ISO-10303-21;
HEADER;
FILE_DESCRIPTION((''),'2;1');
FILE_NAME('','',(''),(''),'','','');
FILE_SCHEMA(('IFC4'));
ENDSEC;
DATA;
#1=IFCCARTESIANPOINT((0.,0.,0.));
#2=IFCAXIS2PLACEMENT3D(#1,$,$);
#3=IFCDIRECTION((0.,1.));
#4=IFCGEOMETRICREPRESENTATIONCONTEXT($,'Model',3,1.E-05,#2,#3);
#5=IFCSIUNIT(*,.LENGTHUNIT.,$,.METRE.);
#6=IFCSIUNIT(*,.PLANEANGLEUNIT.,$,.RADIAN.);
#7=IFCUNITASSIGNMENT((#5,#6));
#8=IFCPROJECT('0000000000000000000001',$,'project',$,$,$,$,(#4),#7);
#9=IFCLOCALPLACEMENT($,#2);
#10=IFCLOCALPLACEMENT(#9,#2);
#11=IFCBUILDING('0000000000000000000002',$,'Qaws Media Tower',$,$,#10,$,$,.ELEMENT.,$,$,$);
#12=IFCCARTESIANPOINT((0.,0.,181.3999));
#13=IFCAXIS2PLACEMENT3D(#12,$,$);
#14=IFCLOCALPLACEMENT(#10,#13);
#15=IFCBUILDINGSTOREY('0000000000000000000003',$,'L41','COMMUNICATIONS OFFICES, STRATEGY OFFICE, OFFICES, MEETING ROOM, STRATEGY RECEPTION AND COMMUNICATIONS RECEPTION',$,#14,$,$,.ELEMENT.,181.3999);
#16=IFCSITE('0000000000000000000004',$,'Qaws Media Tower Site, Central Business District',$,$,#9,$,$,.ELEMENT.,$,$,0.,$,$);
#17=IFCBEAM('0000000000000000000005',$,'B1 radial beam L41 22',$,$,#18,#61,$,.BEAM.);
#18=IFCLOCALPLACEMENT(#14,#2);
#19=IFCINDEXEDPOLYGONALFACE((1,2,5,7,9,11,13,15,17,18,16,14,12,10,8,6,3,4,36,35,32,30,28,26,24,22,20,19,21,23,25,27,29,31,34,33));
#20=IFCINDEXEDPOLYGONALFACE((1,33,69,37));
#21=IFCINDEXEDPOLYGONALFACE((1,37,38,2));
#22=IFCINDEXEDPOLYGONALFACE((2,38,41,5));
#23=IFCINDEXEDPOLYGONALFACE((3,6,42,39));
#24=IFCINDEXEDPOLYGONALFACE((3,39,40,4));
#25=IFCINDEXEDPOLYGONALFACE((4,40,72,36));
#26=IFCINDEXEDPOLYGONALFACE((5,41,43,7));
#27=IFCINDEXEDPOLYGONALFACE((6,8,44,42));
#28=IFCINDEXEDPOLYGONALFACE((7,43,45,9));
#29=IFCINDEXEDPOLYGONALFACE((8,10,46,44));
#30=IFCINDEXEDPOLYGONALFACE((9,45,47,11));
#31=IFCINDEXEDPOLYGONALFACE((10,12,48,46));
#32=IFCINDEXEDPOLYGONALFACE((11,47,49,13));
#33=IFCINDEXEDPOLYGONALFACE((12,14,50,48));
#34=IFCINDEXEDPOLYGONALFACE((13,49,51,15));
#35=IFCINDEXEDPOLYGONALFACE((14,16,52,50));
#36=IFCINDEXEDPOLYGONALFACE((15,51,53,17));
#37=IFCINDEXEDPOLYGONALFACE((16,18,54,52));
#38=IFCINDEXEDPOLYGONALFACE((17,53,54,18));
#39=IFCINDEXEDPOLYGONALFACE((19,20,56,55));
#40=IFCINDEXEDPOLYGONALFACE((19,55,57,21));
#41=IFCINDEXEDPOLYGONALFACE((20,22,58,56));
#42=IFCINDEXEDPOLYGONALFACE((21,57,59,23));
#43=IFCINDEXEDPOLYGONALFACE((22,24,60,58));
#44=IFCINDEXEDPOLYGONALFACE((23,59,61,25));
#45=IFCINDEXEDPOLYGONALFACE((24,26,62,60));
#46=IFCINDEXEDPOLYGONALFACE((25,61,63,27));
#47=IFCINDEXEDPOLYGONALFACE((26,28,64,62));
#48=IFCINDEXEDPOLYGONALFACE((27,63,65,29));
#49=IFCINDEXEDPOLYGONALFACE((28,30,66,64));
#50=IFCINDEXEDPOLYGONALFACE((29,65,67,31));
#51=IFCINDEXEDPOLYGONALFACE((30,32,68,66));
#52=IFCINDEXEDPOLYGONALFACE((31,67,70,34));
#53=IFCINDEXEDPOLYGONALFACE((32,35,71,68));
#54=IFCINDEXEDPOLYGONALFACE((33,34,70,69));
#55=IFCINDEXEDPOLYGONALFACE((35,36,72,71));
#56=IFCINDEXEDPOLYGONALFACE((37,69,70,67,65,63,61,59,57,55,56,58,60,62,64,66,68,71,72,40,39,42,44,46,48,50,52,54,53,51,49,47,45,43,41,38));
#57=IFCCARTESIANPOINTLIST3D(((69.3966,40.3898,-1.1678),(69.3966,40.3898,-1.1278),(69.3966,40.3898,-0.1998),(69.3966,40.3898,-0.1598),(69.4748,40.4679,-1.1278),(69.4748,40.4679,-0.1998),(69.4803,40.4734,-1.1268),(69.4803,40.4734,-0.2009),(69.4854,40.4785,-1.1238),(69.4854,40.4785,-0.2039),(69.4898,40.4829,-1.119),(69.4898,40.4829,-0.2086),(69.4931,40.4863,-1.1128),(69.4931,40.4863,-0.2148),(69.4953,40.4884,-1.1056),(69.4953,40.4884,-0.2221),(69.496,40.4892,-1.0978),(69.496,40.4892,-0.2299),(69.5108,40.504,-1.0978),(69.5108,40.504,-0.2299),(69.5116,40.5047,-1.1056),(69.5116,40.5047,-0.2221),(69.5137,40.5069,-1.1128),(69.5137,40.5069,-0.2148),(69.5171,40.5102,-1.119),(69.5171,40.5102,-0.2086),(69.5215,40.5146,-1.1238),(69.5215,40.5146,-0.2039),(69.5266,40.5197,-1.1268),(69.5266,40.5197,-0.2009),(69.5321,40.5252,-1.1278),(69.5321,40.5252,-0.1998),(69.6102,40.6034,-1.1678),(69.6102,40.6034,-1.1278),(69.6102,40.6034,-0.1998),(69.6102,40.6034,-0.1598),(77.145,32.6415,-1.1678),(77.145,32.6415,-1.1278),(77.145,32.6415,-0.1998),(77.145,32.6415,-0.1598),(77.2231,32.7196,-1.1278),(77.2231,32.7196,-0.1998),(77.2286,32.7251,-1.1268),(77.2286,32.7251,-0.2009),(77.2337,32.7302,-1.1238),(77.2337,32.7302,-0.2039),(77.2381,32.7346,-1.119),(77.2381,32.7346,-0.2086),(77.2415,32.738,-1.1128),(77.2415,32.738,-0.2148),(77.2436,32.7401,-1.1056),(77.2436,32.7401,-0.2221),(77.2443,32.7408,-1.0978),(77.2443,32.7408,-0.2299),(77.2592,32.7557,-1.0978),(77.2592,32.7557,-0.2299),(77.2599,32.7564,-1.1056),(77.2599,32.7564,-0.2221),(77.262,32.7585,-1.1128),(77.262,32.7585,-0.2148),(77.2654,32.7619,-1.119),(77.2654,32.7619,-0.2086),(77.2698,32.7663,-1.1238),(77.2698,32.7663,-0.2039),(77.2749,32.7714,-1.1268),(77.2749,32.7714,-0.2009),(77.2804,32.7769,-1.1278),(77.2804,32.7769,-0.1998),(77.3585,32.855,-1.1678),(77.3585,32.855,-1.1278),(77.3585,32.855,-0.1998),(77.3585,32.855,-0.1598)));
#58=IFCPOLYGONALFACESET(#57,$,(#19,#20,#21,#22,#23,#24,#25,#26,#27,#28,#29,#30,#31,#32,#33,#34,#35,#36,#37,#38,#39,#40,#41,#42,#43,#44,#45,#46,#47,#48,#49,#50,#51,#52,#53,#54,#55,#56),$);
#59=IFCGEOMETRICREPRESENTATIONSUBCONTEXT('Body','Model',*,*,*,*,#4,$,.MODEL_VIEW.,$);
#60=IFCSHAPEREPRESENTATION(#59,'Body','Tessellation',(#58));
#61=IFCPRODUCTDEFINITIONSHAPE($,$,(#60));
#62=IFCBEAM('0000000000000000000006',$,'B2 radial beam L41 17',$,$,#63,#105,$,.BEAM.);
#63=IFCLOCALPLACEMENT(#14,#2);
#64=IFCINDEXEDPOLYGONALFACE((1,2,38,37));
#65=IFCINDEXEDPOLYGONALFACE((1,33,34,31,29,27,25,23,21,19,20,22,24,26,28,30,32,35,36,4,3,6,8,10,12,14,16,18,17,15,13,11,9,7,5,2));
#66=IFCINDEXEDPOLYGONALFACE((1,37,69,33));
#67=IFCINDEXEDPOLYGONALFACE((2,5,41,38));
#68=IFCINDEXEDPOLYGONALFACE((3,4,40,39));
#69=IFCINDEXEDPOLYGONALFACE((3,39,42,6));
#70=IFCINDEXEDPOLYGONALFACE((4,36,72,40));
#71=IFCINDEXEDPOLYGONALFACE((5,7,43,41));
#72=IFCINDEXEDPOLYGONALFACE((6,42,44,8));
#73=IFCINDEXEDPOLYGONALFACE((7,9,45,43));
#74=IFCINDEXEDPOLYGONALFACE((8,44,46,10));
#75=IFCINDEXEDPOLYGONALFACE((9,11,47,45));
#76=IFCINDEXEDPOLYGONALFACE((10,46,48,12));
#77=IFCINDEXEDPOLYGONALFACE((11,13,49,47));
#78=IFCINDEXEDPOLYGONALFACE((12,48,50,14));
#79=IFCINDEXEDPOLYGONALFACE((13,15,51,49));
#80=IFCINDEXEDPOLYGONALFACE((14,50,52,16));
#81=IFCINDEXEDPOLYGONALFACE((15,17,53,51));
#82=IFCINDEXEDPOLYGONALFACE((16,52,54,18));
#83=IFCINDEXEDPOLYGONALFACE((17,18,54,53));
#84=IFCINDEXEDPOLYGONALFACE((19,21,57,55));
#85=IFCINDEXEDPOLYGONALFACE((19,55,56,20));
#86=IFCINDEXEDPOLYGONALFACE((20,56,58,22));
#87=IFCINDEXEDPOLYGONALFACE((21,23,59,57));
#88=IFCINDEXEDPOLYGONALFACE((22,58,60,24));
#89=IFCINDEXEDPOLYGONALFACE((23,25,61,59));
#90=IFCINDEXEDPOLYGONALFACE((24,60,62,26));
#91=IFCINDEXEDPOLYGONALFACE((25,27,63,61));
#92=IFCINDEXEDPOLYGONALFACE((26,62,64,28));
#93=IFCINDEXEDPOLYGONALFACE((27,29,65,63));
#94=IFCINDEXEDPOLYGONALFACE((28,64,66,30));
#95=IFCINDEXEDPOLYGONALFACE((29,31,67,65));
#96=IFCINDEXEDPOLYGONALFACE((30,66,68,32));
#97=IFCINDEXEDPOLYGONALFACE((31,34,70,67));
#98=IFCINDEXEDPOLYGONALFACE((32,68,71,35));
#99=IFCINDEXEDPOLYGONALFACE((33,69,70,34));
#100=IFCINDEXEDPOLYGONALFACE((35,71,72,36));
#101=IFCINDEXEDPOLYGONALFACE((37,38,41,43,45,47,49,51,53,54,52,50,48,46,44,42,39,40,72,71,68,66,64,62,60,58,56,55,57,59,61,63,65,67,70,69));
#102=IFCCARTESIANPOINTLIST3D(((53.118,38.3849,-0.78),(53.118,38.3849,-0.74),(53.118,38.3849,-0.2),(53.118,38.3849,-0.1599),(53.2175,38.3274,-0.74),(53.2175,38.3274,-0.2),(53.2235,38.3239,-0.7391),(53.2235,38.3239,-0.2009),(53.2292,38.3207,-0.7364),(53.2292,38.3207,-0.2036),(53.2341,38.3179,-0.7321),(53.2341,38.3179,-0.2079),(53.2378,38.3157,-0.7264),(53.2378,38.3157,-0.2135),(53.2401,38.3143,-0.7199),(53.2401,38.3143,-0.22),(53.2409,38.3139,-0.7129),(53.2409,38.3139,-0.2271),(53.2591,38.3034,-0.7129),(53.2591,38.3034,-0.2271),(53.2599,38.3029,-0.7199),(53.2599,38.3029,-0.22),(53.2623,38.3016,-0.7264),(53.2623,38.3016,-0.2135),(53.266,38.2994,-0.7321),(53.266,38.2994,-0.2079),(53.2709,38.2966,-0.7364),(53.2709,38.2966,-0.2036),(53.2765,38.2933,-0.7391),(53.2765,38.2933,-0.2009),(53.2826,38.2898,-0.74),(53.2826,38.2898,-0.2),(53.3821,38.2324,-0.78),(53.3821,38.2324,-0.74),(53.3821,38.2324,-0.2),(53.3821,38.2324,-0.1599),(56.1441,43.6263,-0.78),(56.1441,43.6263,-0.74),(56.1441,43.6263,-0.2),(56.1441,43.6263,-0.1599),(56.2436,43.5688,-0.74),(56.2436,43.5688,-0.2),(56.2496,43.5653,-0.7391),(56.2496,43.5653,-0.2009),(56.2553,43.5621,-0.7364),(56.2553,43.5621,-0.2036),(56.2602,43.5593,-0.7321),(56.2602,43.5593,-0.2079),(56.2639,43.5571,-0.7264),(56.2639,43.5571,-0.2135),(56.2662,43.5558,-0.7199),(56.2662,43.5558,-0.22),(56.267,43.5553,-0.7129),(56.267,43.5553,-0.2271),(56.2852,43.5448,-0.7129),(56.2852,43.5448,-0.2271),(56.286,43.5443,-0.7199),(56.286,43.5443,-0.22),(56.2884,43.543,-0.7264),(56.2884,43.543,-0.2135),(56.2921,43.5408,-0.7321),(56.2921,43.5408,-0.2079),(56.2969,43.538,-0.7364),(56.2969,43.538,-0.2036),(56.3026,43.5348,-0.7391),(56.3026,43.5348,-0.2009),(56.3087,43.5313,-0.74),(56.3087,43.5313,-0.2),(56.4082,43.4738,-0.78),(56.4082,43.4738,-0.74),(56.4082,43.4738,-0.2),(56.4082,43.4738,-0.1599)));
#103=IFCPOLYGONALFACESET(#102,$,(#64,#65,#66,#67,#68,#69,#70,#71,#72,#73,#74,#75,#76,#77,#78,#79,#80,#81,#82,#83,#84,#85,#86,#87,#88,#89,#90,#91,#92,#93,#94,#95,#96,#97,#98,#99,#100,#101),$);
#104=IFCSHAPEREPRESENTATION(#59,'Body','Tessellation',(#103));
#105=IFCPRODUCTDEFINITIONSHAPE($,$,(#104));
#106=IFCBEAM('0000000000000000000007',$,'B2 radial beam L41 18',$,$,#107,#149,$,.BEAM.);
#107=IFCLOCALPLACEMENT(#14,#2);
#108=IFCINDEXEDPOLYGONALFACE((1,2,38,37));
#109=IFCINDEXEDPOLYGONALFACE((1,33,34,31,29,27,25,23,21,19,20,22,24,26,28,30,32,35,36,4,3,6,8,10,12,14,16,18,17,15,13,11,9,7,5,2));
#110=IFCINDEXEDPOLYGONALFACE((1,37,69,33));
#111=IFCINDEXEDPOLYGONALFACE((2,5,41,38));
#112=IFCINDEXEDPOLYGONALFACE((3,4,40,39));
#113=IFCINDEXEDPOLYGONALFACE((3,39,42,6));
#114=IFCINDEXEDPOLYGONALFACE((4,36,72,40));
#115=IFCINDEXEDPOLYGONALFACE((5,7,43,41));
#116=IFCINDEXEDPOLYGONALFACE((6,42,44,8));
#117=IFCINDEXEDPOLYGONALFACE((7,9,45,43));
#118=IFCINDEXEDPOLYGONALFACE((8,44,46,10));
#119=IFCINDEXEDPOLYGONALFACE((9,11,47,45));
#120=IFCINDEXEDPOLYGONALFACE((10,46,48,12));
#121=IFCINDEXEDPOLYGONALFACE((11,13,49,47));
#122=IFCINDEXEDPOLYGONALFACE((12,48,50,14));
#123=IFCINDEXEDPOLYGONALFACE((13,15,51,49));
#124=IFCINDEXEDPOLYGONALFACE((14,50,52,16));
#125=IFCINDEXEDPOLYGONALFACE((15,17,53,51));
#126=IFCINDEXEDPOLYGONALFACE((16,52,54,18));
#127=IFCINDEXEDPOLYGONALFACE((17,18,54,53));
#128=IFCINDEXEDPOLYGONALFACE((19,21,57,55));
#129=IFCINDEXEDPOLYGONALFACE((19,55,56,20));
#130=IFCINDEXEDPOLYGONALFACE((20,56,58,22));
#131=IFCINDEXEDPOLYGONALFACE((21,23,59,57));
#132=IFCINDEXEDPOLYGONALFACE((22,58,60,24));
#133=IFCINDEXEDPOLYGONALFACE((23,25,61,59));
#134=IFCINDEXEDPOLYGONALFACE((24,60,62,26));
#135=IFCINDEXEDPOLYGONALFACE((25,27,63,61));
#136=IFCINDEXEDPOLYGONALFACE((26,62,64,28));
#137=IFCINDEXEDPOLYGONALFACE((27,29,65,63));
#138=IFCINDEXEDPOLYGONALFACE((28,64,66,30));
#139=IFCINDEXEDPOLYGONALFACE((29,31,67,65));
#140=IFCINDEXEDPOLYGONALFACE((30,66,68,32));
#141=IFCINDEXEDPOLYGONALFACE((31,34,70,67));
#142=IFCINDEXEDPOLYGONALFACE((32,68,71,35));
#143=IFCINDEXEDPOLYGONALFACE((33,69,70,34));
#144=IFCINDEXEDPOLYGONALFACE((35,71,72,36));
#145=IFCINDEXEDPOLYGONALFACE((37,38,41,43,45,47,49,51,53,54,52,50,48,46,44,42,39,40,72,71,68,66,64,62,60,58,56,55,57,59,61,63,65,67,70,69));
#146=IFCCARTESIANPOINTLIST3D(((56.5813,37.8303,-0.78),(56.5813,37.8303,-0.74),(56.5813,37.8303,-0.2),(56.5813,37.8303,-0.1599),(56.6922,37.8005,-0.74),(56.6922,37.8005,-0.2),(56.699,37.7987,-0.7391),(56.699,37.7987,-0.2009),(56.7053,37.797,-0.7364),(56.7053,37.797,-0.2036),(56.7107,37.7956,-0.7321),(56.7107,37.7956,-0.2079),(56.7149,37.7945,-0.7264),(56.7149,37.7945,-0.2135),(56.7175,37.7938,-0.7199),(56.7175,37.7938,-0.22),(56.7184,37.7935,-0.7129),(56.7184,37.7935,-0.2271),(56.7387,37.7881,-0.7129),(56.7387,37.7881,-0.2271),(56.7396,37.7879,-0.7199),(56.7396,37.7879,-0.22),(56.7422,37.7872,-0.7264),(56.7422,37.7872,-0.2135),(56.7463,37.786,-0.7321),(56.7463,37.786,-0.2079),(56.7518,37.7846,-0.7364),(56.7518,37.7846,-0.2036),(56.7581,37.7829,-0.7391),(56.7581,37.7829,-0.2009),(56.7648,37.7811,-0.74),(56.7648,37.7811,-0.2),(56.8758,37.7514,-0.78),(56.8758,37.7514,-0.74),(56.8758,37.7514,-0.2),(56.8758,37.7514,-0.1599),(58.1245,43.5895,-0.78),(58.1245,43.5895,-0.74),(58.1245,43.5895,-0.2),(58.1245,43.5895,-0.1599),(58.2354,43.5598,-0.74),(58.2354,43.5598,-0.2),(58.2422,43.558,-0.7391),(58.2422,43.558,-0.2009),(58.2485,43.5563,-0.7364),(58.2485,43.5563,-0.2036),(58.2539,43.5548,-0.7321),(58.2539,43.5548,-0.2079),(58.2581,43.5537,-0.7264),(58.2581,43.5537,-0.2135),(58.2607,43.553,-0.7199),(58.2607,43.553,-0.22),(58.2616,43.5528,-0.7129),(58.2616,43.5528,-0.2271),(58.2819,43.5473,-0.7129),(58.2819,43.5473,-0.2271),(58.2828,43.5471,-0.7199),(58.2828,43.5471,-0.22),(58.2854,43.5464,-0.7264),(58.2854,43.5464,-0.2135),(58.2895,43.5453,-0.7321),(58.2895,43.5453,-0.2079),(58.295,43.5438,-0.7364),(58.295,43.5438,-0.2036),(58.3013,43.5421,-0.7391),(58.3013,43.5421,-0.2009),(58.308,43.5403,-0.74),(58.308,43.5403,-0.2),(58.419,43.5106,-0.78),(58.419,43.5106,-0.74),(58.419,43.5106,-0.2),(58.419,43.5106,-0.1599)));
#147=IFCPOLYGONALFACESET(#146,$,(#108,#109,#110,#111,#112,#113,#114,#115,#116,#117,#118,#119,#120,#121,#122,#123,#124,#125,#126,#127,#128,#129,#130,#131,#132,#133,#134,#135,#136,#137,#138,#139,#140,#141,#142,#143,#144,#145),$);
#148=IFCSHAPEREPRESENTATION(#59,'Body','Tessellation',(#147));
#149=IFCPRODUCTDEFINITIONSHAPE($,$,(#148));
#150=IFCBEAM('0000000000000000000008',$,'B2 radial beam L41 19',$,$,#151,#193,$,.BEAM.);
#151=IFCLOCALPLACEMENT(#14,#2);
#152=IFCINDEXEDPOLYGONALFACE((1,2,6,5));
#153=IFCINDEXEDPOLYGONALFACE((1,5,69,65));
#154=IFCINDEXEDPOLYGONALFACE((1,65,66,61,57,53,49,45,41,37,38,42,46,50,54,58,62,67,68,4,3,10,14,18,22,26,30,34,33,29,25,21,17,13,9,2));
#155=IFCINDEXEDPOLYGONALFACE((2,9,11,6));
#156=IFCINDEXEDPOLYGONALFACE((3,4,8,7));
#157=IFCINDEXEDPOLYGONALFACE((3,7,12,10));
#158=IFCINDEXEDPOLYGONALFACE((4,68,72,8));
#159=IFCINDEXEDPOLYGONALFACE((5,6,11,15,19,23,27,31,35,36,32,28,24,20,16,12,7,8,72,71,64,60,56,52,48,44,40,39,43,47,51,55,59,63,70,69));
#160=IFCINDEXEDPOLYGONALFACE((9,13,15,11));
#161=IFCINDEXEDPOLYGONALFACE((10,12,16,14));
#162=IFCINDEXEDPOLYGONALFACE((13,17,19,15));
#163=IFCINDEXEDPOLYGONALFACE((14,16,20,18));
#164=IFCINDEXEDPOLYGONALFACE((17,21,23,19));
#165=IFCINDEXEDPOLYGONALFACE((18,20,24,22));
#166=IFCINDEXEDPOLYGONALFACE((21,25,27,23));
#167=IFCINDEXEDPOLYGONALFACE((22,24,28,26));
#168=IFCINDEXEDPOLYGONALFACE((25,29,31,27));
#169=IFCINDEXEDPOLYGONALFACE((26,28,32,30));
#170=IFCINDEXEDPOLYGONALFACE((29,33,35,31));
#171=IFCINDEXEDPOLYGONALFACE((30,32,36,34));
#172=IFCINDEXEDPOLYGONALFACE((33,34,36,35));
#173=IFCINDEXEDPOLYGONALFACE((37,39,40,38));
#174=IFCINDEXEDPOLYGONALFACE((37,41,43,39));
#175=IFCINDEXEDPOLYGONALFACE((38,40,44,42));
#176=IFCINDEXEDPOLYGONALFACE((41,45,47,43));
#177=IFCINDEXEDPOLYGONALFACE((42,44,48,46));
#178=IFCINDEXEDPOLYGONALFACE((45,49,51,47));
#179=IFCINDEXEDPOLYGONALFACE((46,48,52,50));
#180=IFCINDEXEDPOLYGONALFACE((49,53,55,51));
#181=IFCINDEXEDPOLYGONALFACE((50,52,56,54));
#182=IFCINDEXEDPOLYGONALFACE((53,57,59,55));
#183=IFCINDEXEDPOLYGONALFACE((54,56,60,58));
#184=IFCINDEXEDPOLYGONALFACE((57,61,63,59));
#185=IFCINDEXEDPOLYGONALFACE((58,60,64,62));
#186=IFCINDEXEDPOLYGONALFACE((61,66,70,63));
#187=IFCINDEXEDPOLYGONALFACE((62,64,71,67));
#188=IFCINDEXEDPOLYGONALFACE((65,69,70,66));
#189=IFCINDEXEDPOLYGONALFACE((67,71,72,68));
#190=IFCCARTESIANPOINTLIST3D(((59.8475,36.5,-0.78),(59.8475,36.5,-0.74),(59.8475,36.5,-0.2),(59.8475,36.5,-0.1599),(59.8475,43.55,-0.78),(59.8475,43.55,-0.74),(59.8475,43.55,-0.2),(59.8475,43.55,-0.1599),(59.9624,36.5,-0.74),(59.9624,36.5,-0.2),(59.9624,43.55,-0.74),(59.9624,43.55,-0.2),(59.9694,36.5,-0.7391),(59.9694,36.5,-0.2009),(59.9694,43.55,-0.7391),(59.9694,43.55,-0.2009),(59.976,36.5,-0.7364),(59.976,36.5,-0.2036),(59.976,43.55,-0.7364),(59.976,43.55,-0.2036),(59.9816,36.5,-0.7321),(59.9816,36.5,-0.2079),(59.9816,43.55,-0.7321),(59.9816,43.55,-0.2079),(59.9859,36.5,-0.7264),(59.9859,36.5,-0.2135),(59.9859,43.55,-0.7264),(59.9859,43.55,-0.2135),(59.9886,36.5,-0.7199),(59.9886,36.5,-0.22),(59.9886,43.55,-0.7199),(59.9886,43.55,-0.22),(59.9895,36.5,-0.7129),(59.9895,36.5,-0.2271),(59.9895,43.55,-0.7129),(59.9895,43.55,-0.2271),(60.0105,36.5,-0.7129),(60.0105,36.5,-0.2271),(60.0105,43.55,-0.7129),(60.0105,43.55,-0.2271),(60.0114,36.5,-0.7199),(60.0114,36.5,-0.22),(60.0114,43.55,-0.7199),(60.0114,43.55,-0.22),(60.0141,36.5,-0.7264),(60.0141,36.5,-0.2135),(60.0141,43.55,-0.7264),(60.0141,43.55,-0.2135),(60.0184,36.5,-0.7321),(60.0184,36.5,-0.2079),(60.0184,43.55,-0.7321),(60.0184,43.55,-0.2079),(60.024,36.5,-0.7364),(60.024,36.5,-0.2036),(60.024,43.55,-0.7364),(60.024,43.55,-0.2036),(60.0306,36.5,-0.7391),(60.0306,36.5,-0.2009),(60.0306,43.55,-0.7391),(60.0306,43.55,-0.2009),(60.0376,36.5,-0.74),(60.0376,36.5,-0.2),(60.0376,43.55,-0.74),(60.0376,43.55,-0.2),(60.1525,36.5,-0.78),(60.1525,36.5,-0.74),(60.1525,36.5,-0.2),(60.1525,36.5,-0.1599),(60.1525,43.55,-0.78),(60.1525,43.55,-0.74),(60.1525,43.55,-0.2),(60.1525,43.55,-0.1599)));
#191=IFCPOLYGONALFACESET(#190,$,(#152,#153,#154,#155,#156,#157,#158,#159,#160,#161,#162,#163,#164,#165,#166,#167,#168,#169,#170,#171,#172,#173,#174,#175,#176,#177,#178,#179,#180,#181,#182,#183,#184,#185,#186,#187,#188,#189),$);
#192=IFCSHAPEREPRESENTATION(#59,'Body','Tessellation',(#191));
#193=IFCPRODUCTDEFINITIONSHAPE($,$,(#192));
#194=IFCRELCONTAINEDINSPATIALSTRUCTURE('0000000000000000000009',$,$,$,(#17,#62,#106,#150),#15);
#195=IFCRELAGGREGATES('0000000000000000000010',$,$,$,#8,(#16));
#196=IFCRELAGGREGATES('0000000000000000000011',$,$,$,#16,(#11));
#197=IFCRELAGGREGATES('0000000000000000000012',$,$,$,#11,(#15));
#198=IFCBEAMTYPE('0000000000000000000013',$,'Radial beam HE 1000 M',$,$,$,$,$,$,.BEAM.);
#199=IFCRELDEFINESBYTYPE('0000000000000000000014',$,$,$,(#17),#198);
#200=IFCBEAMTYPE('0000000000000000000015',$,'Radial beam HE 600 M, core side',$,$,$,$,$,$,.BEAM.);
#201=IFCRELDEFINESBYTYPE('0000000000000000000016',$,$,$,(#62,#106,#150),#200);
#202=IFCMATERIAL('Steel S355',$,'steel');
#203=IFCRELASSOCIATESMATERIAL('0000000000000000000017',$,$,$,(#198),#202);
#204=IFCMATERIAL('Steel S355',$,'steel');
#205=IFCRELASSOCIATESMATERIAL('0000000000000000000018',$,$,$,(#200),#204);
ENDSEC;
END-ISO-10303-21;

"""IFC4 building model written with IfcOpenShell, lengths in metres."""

from ifc_helpers import new_model, si_unit, direction, frame, origin, origin_2d, place, context, subcontext, project, spatial, i_section, extrude, material, material_profile, profile_set, type_object, element, save


model = new_model("IFC4")

# Units and contexts
model_context = context("Model", 3, precision=1e-05, world=origin(), true_north=direction((0.0, 1.0)))
body_context = subcontext(model_context, "Body", "Model", "MODEL_VIEW")
ifc_project = project(units=[si_unit("LENGTHUNIT", "METRE"), si_unit("PLANEANGLEUNIT", "RADIAN")], contexts=[model_context])

# Site, building, storey
site_placement = place(None, origin())
site = spatial("IfcSite", under=ifc_project, at=site_placement, Name="Qaws Media Tower Site, Central Business District", CompositionType="ELEMENT", RefElevation=0.0)
building_placement = place(site_placement, origin())
building = spatial("IfcBuilding", under=site, at=building_placement, Name="Qaws Media Tower", CompositionType="ELEMENT")
storey_placement = place(building_placement, frame((0.0, 0.0, 181.3999)))
storey = spatial("IfcBuildingStorey", under=building, at=storey_placement, Name="L41", Description="COMMUNICATIONS OFFICES, STRATEGY OFFICE, OFFICES, MEETING ROOM, STRATEGY RECEPTION AND COMMUNICATIONS RECEPTION", CompositionType="ELEMENT", Elevation=181.3999)

# Beams
ifc_material_1 = material(Name="Steel S355", Category="steel")
ifc_material_profile_1 = material_profile(ifc_material_1, i_section(OverallWidth=0.302, OverallDepth=1.0081, WebThickness=0.021, FlangeThickness=0.04, FilletRadius=0.03, at=origin_2d()), Name="HE 1000 M")
ifc_profile_set_1 = profile_set([ifc_material_profile_1], Name="Steel S355")
beam_type_1 = type_object("IfcBeamType", Name="Radial beam HE 1000 M", PredefinedType="BEAM", material=ifc_profile_set_1)
beam_1_placement = place(storey_placement, frame((69.5034, 40.4966, -0.6638), z_axis=(0.707107, -0.707107, 0.0), x_axis=(0.707107, 0.707107, 0.0)))
element("IfcBeam", 1, at=beam_1_placement, inside=storey, type_object=beam_type_1, Name="B1 radial beam L41 22", PredefinedType="BEAM", context=body_context, shape_type="SweptSolid", body=[
    extrude(i_section(OverallWidth=0.302, OverallDepth=1.0081, WebThickness=0.021, FlangeThickness=0.04, FilletRadius=0.03, at=origin_2d()), origin(), (0.0, 0.0, 1.0), 10.9578),
])
ifc_material_2 = material(Name="Steel S355", Category="steel")
ifc_material_profile_2 = material_profile(ifc_material_2, i_section(OverallWidth=0.3049, OverallDepth=0.6201, WebThickness=0.021, FlangeThickness=0.04, FilletRadius=0.0271, at=origin_2d()), Name="HE 600 M")
ifc_profile_set_2 = profile_set([ifc_material_profile_2], Name="Steel S355")
beam_type_2 = type_object("IfcBeamType", Name="Radial beam HE 600 M, core side", PredefinedType="BEAM", material=ifc_profile_set_2)
beam_2_placement = place(storey_placement, frame((56.2761, 43.55, -0.47), z_axis=(-0.499996, -0.866028, 0.0), x_axis=(0.866028, -0.499996, 0.0)))
element("IfcBeam", 2, at=beam_2_placement, inside=storey, type_object=beam_type_2, Name="B2 radial beam L41 17", PredefinedType="BEAM", context=body_context, shape_type="SweptSolid", body=[
    extrude(i_section(OverallWidth=0.3049, OverallDepth=0.6201, WebThickness=0.021, FlangeThickness=0.04, FilletRadius=0.0271, at=origin_2d()), origin(), (0.0, 0.0, 1.0), 6.0522),
])
beam_3_placement = place(storey_placement, frame((58.2717, 43.55, -0.47), z_axis=(-0.258822, -0.965925, 0.0), x_axis=(0.965925, -0.258822, 0.0)))
element("IfcBeam", 3, at=beam_3_placement, inside=storey, type_object=beam_type_2, Name="B2 radial beam L41 18", PredefinedType="BEAM", context=body_context, shape_type="SweptSolid", body=[
    extrude(i_section(OverallWidth=0.3049, OverallDepth=0.6201, WebThickness=0.021, FlangeThickness=0.04, FilletRadius=0.0271, at=origin_2d()), origin(), (0.0, 0.0, 1.0), 5.9624),
])
beam_4_placement = place(storey_placement, frame((60.0, 43.55, -0.47), z_axis=(0.0, -1.0, 0.0), x_axis=(1.0, 0.0, 0.0)))
element("IfcBeam", 4, at=beam_4_placement, inside=storey, type_object=beam_type_2, Name="B2 radial beam L41 19", PredefinedType="BEAM", context=body_context, shape_type="SweptSolid", body=[
    extrude(i_section(OverallWidth=0.3049, OverallDepth=0.6201, WebThickness=0.021, FlangeThickness=0.04, FilletRadius=0.0271, at=origin_2d()), origin(), (0.0, 0.0, 1.0), 7.05),
])

save(model, "model.ifc")
